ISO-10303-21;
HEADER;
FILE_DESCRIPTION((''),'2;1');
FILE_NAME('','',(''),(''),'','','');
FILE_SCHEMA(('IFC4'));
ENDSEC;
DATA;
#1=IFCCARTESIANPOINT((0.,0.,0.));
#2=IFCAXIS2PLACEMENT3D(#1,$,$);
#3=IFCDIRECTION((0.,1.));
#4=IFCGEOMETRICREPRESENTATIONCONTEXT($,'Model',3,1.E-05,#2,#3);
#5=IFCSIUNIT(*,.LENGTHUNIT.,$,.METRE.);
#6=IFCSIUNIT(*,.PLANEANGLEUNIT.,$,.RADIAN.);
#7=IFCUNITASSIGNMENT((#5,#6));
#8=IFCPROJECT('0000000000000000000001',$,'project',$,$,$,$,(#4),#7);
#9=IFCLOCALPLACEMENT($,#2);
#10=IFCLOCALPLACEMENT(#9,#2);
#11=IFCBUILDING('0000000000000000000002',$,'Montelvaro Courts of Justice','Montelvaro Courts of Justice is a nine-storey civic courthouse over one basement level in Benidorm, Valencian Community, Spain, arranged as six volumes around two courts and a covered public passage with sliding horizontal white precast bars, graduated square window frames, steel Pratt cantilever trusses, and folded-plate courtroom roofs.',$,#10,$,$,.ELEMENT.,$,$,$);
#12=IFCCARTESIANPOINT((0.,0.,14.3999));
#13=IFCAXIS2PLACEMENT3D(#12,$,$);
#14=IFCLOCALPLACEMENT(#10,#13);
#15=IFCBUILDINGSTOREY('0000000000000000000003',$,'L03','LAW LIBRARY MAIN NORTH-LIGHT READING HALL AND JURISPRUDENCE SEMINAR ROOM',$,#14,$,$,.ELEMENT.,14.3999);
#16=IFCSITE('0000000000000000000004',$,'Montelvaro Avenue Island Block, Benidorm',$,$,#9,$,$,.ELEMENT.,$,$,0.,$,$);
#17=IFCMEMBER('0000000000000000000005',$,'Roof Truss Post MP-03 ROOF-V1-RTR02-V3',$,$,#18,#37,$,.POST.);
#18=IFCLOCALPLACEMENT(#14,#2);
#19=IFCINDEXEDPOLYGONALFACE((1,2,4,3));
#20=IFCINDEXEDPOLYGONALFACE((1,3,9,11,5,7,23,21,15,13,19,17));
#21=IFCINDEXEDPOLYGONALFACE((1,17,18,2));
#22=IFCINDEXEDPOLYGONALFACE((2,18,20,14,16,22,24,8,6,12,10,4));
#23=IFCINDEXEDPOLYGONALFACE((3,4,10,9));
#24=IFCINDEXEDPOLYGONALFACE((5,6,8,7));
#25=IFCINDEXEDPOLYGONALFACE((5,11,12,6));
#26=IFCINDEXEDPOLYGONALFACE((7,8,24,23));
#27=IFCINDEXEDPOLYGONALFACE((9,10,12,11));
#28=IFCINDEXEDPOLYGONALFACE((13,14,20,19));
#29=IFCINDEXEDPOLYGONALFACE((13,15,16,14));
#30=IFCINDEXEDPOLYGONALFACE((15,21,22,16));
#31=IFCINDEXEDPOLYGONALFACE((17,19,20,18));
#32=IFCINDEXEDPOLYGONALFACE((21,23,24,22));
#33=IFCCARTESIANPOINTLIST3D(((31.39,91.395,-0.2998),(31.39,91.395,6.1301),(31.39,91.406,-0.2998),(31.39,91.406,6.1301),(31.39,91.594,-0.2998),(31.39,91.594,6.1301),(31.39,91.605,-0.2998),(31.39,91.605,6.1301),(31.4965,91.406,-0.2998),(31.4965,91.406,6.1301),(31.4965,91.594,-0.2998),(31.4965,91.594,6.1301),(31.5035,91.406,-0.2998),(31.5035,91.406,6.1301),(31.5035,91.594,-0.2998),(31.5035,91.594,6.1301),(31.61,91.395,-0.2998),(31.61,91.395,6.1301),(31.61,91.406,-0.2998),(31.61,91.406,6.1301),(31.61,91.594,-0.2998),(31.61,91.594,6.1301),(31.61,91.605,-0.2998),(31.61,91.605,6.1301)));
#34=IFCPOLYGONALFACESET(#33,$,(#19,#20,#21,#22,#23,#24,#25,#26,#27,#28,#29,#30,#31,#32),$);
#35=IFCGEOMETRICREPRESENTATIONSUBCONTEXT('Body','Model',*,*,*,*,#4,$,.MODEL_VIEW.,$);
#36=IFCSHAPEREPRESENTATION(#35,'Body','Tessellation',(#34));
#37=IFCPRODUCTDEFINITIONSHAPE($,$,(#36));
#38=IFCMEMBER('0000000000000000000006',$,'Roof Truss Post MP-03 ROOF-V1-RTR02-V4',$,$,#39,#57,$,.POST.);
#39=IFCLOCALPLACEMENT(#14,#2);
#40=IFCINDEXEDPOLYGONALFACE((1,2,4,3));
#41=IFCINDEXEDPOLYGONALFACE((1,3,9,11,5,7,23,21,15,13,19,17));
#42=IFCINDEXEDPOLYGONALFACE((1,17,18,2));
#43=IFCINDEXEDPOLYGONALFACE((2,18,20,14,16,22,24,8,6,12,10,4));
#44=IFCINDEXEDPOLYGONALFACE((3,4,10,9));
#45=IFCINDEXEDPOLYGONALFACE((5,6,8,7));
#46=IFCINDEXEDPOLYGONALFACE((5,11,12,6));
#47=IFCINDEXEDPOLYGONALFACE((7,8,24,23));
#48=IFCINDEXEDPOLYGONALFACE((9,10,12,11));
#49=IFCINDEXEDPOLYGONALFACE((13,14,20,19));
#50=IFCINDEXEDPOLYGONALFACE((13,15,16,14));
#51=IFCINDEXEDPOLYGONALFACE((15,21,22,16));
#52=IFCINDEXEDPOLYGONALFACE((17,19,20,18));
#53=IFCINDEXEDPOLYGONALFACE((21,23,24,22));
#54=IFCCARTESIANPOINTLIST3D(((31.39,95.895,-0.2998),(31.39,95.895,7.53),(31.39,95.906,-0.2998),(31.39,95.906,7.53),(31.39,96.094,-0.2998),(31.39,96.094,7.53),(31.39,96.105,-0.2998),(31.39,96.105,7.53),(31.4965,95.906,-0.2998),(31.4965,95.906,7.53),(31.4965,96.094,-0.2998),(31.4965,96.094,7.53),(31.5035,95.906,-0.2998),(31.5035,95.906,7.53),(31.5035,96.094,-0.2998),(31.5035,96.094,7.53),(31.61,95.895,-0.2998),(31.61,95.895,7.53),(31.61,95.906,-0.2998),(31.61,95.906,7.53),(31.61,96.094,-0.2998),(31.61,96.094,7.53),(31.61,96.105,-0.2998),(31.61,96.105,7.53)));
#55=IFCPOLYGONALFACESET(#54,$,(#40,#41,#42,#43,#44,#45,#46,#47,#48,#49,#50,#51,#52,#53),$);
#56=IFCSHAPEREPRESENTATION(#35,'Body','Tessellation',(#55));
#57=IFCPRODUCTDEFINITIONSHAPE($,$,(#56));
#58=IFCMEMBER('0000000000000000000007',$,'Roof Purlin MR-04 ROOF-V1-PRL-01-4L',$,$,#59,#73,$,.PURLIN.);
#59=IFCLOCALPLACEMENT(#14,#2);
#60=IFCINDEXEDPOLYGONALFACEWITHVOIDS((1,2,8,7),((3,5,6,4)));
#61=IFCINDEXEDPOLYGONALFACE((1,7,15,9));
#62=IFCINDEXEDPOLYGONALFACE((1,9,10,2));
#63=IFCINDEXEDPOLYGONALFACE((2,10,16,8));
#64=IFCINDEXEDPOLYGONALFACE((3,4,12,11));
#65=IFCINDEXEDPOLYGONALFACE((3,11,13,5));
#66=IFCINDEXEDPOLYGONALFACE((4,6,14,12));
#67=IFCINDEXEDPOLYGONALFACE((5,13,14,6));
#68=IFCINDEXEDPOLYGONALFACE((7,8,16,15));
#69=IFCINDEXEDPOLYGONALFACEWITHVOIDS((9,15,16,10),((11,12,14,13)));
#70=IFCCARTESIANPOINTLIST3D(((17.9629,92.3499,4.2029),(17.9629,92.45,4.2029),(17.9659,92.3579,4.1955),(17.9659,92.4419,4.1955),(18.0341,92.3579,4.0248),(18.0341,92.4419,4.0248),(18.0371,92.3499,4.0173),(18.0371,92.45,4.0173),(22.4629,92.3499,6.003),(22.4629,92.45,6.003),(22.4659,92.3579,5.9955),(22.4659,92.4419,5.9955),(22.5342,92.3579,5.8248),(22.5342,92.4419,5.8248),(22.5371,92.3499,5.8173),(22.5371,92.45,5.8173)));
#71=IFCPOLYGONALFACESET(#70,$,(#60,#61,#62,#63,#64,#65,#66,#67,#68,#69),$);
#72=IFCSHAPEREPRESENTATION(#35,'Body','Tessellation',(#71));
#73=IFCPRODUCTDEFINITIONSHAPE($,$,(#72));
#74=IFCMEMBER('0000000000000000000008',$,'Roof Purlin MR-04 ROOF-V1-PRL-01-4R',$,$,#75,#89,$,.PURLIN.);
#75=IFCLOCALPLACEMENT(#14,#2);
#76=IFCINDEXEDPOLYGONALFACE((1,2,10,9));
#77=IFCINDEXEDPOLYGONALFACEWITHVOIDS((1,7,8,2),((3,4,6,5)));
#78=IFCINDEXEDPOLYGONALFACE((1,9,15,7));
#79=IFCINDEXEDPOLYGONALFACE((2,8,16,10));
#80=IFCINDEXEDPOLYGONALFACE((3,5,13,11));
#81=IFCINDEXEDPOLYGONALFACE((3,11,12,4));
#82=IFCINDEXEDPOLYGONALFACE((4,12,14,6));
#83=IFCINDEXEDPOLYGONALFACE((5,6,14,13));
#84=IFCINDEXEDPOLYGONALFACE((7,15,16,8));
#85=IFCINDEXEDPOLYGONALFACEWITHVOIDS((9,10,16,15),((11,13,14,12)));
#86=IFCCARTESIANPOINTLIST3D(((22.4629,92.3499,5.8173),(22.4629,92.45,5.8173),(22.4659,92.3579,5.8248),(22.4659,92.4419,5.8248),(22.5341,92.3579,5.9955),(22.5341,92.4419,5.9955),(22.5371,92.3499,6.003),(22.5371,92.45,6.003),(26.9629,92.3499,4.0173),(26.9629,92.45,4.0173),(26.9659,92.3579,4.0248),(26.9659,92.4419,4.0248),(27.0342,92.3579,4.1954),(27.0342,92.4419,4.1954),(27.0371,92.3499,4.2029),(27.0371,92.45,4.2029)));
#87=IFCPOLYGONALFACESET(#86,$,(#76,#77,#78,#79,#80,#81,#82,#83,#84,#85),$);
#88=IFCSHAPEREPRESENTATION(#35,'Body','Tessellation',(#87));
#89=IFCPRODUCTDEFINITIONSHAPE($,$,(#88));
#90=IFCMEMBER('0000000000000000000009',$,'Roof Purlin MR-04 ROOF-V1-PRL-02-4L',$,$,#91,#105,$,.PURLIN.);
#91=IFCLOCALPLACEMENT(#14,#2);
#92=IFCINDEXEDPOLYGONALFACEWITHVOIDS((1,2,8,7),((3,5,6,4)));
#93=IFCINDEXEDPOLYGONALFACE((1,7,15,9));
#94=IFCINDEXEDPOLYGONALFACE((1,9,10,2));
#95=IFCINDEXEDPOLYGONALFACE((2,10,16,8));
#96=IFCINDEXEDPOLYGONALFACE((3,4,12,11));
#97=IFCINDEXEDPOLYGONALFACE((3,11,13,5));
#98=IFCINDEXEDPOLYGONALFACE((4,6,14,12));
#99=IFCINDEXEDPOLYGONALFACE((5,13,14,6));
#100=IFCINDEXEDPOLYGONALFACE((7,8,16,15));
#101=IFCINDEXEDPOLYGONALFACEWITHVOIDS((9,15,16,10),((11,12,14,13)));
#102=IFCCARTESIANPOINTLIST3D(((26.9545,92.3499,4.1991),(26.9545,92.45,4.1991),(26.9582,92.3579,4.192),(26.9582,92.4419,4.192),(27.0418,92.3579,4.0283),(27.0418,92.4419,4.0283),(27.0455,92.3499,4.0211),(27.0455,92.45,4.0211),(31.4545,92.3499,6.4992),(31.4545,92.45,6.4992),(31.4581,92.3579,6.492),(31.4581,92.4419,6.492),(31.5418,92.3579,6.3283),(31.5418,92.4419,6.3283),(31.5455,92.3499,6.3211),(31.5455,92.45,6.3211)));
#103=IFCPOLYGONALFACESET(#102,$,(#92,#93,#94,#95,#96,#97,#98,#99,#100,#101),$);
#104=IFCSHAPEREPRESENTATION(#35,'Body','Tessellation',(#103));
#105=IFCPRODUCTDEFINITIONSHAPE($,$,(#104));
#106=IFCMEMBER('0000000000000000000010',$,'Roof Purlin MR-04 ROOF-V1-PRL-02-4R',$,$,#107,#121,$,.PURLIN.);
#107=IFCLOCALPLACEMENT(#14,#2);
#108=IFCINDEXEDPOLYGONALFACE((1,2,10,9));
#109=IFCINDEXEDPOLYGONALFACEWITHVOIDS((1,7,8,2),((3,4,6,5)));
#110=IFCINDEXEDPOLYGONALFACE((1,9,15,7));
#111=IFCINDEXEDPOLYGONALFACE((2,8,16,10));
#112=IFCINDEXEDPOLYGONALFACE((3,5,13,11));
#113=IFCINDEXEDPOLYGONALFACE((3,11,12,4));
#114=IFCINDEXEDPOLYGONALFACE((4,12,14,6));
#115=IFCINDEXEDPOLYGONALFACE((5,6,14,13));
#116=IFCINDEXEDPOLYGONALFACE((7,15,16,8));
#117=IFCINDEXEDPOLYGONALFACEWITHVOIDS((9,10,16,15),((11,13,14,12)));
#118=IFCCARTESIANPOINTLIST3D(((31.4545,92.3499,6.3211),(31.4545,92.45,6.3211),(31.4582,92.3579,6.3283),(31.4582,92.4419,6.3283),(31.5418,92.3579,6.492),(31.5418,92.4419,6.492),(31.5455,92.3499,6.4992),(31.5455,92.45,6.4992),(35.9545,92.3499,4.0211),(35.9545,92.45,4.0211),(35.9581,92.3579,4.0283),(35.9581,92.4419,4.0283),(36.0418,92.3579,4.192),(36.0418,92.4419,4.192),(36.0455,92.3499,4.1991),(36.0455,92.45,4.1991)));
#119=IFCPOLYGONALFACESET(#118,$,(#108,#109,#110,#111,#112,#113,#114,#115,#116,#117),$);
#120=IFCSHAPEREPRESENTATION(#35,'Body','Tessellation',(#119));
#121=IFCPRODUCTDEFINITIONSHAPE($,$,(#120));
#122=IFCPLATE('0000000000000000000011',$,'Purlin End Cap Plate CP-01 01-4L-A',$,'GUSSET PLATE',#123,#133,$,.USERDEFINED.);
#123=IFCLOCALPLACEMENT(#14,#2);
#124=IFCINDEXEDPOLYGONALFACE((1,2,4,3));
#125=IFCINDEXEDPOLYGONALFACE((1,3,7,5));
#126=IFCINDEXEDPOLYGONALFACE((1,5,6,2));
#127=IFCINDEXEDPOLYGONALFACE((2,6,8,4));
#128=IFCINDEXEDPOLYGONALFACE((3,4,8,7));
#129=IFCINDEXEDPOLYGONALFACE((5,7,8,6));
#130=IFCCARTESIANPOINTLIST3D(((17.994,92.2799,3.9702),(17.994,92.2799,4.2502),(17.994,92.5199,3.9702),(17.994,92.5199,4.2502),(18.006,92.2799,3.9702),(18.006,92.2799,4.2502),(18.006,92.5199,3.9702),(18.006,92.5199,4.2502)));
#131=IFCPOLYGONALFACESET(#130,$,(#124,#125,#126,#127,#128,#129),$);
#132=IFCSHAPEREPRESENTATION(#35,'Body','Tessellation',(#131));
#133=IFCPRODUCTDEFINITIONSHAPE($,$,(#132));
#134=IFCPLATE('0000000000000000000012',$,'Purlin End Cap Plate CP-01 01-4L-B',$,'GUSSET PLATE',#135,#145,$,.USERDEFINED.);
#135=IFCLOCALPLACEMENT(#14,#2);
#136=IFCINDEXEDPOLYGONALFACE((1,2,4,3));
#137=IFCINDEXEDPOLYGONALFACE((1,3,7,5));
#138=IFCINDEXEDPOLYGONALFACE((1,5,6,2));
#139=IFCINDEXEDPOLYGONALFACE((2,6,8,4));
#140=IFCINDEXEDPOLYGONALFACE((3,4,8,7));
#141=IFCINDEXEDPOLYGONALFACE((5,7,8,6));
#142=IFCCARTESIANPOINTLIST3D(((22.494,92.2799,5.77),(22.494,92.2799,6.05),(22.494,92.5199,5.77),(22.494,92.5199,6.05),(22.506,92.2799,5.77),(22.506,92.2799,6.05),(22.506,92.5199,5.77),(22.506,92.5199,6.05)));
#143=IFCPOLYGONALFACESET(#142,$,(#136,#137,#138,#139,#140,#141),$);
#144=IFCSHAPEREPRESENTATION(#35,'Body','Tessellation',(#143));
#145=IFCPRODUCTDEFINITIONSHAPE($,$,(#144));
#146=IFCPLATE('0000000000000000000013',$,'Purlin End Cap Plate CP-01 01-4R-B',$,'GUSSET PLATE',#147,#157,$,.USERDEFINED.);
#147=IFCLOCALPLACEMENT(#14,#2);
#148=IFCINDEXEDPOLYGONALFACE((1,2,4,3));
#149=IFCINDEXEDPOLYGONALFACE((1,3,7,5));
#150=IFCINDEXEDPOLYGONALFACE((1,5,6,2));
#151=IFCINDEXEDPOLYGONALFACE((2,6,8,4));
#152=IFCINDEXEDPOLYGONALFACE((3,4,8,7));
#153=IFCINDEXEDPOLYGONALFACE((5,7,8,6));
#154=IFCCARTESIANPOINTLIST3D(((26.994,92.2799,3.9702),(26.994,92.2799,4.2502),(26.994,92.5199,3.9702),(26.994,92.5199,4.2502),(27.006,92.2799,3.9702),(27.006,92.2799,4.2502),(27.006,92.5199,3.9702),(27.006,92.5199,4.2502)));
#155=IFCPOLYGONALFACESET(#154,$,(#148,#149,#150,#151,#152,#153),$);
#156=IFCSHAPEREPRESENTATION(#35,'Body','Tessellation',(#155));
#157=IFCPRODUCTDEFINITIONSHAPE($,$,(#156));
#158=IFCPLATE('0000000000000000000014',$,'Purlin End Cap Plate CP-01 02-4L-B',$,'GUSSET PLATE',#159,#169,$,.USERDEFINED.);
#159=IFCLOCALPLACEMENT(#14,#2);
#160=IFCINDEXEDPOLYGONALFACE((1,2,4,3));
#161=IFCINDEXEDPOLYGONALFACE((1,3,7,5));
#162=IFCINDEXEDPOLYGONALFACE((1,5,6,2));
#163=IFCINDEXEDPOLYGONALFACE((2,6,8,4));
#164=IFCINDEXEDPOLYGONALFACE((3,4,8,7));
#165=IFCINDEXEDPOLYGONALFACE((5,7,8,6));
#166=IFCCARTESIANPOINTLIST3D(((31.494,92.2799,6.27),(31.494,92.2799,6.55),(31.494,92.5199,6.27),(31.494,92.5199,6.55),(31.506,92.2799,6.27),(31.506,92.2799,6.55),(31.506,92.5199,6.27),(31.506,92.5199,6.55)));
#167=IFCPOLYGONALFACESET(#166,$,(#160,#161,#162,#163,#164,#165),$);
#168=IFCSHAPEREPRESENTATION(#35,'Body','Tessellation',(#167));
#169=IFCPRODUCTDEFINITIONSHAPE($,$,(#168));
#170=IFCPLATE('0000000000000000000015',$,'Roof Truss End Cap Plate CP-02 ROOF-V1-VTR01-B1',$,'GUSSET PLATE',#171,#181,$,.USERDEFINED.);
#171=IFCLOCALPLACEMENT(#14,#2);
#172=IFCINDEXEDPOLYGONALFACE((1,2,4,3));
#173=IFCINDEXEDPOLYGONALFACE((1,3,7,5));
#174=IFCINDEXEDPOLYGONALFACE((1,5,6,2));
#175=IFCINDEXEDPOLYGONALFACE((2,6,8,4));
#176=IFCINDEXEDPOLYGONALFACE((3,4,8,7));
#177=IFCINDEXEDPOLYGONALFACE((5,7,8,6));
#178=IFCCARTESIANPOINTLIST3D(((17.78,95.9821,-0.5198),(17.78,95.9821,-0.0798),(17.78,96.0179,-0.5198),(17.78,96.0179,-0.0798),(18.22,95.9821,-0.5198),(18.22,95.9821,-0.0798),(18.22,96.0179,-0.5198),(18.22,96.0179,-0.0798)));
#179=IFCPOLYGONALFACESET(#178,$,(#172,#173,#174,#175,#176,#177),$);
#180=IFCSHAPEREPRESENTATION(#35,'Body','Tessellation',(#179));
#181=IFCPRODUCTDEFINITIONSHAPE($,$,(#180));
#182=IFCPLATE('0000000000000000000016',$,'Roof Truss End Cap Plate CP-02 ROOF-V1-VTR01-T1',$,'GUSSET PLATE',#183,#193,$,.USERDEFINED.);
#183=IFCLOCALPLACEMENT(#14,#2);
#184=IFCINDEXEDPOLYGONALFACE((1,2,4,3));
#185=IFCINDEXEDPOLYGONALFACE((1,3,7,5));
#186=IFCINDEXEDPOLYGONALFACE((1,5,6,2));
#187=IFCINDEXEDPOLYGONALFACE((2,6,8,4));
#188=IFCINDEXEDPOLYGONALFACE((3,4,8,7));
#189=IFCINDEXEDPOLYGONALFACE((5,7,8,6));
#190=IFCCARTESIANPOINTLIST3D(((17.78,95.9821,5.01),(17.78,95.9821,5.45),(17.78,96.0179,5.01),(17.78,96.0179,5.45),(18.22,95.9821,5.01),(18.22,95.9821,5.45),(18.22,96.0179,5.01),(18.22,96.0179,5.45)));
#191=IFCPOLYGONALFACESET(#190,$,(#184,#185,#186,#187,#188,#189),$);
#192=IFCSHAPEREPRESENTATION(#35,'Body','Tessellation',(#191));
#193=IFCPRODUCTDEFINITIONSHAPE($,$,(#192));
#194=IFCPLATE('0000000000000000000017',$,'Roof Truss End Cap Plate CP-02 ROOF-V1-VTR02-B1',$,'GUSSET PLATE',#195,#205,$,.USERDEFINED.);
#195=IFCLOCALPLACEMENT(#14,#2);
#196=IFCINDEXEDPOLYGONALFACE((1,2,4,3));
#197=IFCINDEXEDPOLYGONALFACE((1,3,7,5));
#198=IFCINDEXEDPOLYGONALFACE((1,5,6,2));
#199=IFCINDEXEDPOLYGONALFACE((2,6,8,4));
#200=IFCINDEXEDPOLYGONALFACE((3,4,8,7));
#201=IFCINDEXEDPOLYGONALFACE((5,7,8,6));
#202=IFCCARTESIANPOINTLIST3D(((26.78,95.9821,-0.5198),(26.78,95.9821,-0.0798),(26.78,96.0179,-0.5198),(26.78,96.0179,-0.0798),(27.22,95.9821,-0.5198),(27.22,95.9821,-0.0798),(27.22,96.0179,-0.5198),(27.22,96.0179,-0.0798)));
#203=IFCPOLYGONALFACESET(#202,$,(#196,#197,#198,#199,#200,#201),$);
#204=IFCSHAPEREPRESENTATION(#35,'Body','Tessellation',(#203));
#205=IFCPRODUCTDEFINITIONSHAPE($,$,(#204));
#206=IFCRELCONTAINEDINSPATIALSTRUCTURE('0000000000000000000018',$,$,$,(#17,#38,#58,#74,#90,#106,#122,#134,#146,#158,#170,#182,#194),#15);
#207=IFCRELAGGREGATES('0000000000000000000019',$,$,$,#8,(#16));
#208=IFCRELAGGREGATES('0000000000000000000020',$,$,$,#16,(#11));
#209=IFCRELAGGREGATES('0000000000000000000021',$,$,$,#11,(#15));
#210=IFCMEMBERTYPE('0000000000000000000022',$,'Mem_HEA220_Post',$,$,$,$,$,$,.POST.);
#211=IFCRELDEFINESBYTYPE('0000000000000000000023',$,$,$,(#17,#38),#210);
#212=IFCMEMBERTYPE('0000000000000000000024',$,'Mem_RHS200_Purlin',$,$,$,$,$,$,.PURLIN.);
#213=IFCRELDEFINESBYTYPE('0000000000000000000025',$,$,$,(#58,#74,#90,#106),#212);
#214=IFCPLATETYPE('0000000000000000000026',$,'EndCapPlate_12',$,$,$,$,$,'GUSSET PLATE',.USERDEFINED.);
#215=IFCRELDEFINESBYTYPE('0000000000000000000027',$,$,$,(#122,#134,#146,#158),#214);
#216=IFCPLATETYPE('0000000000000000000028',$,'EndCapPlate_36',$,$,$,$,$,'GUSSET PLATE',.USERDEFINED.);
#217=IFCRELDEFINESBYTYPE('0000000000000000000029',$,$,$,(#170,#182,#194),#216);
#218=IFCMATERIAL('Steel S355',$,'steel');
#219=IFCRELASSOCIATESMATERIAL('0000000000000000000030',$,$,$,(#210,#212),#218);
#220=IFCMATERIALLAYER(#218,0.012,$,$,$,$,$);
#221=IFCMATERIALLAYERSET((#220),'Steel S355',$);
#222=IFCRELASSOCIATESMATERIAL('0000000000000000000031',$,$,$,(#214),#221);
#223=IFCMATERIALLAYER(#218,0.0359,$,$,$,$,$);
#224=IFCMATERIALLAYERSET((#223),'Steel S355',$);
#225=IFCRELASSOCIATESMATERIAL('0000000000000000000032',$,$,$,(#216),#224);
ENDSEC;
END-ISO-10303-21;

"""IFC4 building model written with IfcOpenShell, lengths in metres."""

from ifc_helpers import new_model, si_unit, direction, frame, origin, origin_2d, place, context, subcontext, project, spatial, rectangle, hollow_rectangle, i_section, extrude, material, layer, layer_set, material_profile, profile_set, type_object, element, save


model = new_model("IFC4")

# Units and contexts
model_context = context("Model", 3, precision=1e-05, world=origin(), true_north=direction((0.0, 1.0)))
body_context = subcontext(model_context, "Body", "Model", "MODEL_VIEW")
ifc_project = project(units=[si_unit("LENGTHUNIT", "METRE"), si_unit("PLANEANGLEUNIT", "RADIAN")], contexts=[model_context])

# Site, building, storey
site_placement = place(None, origin())
site = spatial("IfcSite", under=ifc_project, at=site_placement, Name="Montelvaro Avenue Island Block, Benidorm", CompositionType="ELEMENT", RefElevation=0.0)
building_placement = place(site_placement, origin())
building = spatial("IfcBuilding", under=site, at=building_placement, Name="Montelvaro Courts of Justice", Description="Montelvaro Courts of Justice is a nine-storey civic courthouse over one basement level in Benidorm, Valencian Community, Spain, arranged as six volumes around two courts and a covered public passage with sliding horizontal white precast bars, graduated square window frames, steel Pratt cantilever trusses, and folded-plate courtroom roofs.", CompositionType="ELEMENT")
storey_placement = place(building_placement, frame((0.0, 0.0, 14.3999)))
storey = spatial("IfcBuildingStorey", under=building, at=storey_placement, Name="L03", Description="LAW LIBRARY MAIN NORTH-LIGHT READING HALL AND JURISPRUDENCE SEMINAR ROOM", CompositionType="ELEMENT", Elevation=14.3999)

# Members
ifc_material_1 = material(Name="Steel S355", Category="steel")
ifc_material_profile_1 = material_profile(ifc_material_1, i_section(OverallWidth=0.22, OverallDepth=0.21, WebThickness=0.0071, FlangeThickness=0.011, at=origin_2d()), Name="HEA 220")
ifc_profile_set_1 = profile_set([ifc_material_profile_1], Name="Steel S355")
member_type_1 = type_object("IfcMemberType", Name="Mem_HEA220_Post", PredefinedType="POST", material=ifc_profile_set_1)
member_1_placement = place(storey_placement, frame((31.5, 91.5, -0.2998), z_axis=(0.0, 0.0, 1.0), x_axis=(1.0, 0.0, 0.0)))
element("IfcMember", 1, at=member_1_placement, inside=storey, type_object=member_type_1, Name="Roof Truss Post MP-03 ROOF-V1-RTR02-V3", PredefinedType="POST", context=body_context, shape_type="SweptSolid", body=[
    extrude(i_section(OverallWidth=0.22, OverallDepth=0.21, WebThickness=0.0071, FlangeThickness=0.011, at=origin_2d()), origin(), (0.0, 0.0, 1.0), 6.4299),
])
member_2_placement = place(storey_placement, frame((31.5, 96.0, -0.2998), z_axis=(0.0, 0.0, 1.0), x_axis=(1.0, 0.0, 0.0)))
element("IfcMember", 2, at=member_2_placement, inside=storey, type_object=member_type_1, Name="Roof Truss Post MP-03 ROOF-V1-RTR02-V4", PredefinedType="POST", context=body_context, shape_type="SweptSolid", body=[
    extrude(i_section(OverallWidth=0.22, OverallDepth=0.21, WebThickness=0.0071, FlangeThickness=0.011, at=origin_2d()), origin(), (0.0, 0.0, 1.0), 7.8298),
])
ifc_material_profile_2 = material_profile(ifc_material_1, hollow_rectangle(XDim=0.1001, YDim=0.2, WallThickness=0.0081, at=origin_2d()), Name="RHS 200x100x8")
ifc_profile_set_2 = profile_set([ifc_material_profile_2], Name="Steel S355")
member_type_2 = type_object("IfcMemberType", Name="Mem_RHS200_Purlin", PredefinedType="PURLIN", material=ifc_profile_set_2)
for number, where, z_axis, x_axis, name in (
    (3, (18.0, 92.3999, 4.1101), (0.928473, 0.0, 0.371399), (0.0, 1.0, 0.0), "Roof Purlin MR-04 ROOF-V1-PRL-01-4L"),
    (4, (22.5, 92.3999, 5.9102), (0.928473, 0.0, -0.371399), (0.0, 1.0, 0.0), "Roof Purlin MR-04 ROOF-V1-PRL-01-4R"),
):
    element("IfcMember", number, at=place(storey_placement, frame(where, z_axis=z_axis, x_axis=x_axis)), inside=storey, type_object=member_type_2, Name=name, PredefinedType="PURLIN", context=body_context, shape_type="SweptSolid", body=[
        extrude(hollow_rectangle(XDim=0.1001, YDim=0.2, WallThickness=0.0081, at=origin_2d()), origin(), (0.0, 0.0, 1.0), 4.8467),
    ])
for number, where, z_axis, x_axis, name in (
    (5, (27.0, 92.3999, 4.1101), (0.890431, 0.0, 0.455119), (0.0, 1.0, 0.0), "Roof Purlin MR-04 ROOF-V1-PRL-02-4L"),
    (6, (31.5, 92.3999, 6.4102), (0.890431, 0.0, -0.455119), (0.0, 1.0, 0.0), "Roof Purlin MR-04 ROOF-V1-PRL-02-4R"),
):
    element("IfcMember", number, at=place(storey_placement, frame(where, z_axis=z_axis, x_axis=x_axis)), inside=storey, type_object=member_type_2, Name=name, PredefinedType="PURLIN", context=body_context, shape_type="SweptSolid", body=[
        extrude(hollow_rectangle(XDim=0.1001, YDim=0.2, WallThickness=0.0081, at=origin_2d()), origin(), (0.0, 0.0, 1.0), 5.0537),
    ])

# Plates
ifc_layer_1 = layer(ifc_material_1, 0.012)
ifc_layer_set_1 = layer_set([ifc_layer_1], Name="Steel S355")
plate_type_1 = type_object("IfcPlateType", Name="EndCapPlate_12", ElementType="GUSSET PLATE", PredefinedType="USERDEFINED", material=ifc_layer_set_1)
for number, where, z_axis, x_axis, name in (
    (7, (18.0, 92.3999, 3.9702), (0.0, 0.0, 1.0), (1.0, 0.0, 0.0), "Purlin End Cap Plate CP-01 01-4L-A"),
    (8, (22.5, 92.3999, 5.77), (0.0, 0.0, 1.0), (1.0, 0.0, 0.0), "Purlin End Cap Plate CP-01 01-4L-B"),
    (9, (27.0, 92.3999, 3.9702), (0.0, 0.0, 1.0), (1.0, 0.0, 0.0), "Purlin End Cap Plate CP-01 01-4R-B"),
    (10, (31.5, 92.3999, 6.27), (0.0, 0.0, 1.0), (1.0, 0.0, 0.0), "Purlin End Cap Plate CP-01 02-4L-B"),
):
    element("IfcPlate", number, at=place(storey_placement, frame(where, z_axis=z_axis, x_axis=x_axis)), inside=storey, type_object=plate_type_1, Name=name, ObjectType="GUSSET PLATE", PredefinedType="USERDEFINED", context=body_context, shape_type="SweptSolid", body=[
        extrude(rectangle(XDim=0.012, YDim=0.24, at=origin_2d()), origin(), (0.0, 0.0, 1.0), 0.28),
    ])
ifc_layer_2 = layer(ifc_material_1, 0.0359)
ifc_layer_set_2 = layer_set([ifc_layer_2], Name="Steel S355")
plate_type_2 = type_object("IfcPlateType", Name="EndCapPlate_36", ElementType="GUSSET PLATE", PredefinedType="USERDEFINED", material=ifc_layer_set_2)
for number, where, z_axis, x_axis, name in (
    (11, (18.0, 96.0, -0.5198), (0.0, 0.0, 1.0), (1.0, 0.0, 0.0), "Roof Truss End Cap Plate CP-02 ROOF-V1-VTR01-B1"),
    (12, (18.0, 96.0, 5.01), (0.0, 0.0, 1.0), (1.0, 0.0, 0.0), "Roof Truss End Cap Plate CP-02 ROOF-V1-VTR01-T1"),
    (13, (27.0, 96.0, -0.5198), (0.0, 0.0, 1.0), (1.0, 0.0, 0.0), "Roof Truss End Cap Plate CP-02 ROOF-V1-VTR02-B1"),
):
    element("IfcPlate", number, at=place(storey_placement, frame(where, z_axis=z_axis, x_axis=x_axis)), inside=storey, type_object=plate_type_2, Name=name, ObjectType="GUSSET PLATE", PredefinedType="USERDEFINED", context=body_context, shape_type="SweptSolid", body=[
        extrude(rectangle(XDim=0.4399, YDim=0.0359, at=origin_2d()), origin(), (0.0, 0.0, 1.0), 0.4399),
    ])

save(model, "model.ifc")
